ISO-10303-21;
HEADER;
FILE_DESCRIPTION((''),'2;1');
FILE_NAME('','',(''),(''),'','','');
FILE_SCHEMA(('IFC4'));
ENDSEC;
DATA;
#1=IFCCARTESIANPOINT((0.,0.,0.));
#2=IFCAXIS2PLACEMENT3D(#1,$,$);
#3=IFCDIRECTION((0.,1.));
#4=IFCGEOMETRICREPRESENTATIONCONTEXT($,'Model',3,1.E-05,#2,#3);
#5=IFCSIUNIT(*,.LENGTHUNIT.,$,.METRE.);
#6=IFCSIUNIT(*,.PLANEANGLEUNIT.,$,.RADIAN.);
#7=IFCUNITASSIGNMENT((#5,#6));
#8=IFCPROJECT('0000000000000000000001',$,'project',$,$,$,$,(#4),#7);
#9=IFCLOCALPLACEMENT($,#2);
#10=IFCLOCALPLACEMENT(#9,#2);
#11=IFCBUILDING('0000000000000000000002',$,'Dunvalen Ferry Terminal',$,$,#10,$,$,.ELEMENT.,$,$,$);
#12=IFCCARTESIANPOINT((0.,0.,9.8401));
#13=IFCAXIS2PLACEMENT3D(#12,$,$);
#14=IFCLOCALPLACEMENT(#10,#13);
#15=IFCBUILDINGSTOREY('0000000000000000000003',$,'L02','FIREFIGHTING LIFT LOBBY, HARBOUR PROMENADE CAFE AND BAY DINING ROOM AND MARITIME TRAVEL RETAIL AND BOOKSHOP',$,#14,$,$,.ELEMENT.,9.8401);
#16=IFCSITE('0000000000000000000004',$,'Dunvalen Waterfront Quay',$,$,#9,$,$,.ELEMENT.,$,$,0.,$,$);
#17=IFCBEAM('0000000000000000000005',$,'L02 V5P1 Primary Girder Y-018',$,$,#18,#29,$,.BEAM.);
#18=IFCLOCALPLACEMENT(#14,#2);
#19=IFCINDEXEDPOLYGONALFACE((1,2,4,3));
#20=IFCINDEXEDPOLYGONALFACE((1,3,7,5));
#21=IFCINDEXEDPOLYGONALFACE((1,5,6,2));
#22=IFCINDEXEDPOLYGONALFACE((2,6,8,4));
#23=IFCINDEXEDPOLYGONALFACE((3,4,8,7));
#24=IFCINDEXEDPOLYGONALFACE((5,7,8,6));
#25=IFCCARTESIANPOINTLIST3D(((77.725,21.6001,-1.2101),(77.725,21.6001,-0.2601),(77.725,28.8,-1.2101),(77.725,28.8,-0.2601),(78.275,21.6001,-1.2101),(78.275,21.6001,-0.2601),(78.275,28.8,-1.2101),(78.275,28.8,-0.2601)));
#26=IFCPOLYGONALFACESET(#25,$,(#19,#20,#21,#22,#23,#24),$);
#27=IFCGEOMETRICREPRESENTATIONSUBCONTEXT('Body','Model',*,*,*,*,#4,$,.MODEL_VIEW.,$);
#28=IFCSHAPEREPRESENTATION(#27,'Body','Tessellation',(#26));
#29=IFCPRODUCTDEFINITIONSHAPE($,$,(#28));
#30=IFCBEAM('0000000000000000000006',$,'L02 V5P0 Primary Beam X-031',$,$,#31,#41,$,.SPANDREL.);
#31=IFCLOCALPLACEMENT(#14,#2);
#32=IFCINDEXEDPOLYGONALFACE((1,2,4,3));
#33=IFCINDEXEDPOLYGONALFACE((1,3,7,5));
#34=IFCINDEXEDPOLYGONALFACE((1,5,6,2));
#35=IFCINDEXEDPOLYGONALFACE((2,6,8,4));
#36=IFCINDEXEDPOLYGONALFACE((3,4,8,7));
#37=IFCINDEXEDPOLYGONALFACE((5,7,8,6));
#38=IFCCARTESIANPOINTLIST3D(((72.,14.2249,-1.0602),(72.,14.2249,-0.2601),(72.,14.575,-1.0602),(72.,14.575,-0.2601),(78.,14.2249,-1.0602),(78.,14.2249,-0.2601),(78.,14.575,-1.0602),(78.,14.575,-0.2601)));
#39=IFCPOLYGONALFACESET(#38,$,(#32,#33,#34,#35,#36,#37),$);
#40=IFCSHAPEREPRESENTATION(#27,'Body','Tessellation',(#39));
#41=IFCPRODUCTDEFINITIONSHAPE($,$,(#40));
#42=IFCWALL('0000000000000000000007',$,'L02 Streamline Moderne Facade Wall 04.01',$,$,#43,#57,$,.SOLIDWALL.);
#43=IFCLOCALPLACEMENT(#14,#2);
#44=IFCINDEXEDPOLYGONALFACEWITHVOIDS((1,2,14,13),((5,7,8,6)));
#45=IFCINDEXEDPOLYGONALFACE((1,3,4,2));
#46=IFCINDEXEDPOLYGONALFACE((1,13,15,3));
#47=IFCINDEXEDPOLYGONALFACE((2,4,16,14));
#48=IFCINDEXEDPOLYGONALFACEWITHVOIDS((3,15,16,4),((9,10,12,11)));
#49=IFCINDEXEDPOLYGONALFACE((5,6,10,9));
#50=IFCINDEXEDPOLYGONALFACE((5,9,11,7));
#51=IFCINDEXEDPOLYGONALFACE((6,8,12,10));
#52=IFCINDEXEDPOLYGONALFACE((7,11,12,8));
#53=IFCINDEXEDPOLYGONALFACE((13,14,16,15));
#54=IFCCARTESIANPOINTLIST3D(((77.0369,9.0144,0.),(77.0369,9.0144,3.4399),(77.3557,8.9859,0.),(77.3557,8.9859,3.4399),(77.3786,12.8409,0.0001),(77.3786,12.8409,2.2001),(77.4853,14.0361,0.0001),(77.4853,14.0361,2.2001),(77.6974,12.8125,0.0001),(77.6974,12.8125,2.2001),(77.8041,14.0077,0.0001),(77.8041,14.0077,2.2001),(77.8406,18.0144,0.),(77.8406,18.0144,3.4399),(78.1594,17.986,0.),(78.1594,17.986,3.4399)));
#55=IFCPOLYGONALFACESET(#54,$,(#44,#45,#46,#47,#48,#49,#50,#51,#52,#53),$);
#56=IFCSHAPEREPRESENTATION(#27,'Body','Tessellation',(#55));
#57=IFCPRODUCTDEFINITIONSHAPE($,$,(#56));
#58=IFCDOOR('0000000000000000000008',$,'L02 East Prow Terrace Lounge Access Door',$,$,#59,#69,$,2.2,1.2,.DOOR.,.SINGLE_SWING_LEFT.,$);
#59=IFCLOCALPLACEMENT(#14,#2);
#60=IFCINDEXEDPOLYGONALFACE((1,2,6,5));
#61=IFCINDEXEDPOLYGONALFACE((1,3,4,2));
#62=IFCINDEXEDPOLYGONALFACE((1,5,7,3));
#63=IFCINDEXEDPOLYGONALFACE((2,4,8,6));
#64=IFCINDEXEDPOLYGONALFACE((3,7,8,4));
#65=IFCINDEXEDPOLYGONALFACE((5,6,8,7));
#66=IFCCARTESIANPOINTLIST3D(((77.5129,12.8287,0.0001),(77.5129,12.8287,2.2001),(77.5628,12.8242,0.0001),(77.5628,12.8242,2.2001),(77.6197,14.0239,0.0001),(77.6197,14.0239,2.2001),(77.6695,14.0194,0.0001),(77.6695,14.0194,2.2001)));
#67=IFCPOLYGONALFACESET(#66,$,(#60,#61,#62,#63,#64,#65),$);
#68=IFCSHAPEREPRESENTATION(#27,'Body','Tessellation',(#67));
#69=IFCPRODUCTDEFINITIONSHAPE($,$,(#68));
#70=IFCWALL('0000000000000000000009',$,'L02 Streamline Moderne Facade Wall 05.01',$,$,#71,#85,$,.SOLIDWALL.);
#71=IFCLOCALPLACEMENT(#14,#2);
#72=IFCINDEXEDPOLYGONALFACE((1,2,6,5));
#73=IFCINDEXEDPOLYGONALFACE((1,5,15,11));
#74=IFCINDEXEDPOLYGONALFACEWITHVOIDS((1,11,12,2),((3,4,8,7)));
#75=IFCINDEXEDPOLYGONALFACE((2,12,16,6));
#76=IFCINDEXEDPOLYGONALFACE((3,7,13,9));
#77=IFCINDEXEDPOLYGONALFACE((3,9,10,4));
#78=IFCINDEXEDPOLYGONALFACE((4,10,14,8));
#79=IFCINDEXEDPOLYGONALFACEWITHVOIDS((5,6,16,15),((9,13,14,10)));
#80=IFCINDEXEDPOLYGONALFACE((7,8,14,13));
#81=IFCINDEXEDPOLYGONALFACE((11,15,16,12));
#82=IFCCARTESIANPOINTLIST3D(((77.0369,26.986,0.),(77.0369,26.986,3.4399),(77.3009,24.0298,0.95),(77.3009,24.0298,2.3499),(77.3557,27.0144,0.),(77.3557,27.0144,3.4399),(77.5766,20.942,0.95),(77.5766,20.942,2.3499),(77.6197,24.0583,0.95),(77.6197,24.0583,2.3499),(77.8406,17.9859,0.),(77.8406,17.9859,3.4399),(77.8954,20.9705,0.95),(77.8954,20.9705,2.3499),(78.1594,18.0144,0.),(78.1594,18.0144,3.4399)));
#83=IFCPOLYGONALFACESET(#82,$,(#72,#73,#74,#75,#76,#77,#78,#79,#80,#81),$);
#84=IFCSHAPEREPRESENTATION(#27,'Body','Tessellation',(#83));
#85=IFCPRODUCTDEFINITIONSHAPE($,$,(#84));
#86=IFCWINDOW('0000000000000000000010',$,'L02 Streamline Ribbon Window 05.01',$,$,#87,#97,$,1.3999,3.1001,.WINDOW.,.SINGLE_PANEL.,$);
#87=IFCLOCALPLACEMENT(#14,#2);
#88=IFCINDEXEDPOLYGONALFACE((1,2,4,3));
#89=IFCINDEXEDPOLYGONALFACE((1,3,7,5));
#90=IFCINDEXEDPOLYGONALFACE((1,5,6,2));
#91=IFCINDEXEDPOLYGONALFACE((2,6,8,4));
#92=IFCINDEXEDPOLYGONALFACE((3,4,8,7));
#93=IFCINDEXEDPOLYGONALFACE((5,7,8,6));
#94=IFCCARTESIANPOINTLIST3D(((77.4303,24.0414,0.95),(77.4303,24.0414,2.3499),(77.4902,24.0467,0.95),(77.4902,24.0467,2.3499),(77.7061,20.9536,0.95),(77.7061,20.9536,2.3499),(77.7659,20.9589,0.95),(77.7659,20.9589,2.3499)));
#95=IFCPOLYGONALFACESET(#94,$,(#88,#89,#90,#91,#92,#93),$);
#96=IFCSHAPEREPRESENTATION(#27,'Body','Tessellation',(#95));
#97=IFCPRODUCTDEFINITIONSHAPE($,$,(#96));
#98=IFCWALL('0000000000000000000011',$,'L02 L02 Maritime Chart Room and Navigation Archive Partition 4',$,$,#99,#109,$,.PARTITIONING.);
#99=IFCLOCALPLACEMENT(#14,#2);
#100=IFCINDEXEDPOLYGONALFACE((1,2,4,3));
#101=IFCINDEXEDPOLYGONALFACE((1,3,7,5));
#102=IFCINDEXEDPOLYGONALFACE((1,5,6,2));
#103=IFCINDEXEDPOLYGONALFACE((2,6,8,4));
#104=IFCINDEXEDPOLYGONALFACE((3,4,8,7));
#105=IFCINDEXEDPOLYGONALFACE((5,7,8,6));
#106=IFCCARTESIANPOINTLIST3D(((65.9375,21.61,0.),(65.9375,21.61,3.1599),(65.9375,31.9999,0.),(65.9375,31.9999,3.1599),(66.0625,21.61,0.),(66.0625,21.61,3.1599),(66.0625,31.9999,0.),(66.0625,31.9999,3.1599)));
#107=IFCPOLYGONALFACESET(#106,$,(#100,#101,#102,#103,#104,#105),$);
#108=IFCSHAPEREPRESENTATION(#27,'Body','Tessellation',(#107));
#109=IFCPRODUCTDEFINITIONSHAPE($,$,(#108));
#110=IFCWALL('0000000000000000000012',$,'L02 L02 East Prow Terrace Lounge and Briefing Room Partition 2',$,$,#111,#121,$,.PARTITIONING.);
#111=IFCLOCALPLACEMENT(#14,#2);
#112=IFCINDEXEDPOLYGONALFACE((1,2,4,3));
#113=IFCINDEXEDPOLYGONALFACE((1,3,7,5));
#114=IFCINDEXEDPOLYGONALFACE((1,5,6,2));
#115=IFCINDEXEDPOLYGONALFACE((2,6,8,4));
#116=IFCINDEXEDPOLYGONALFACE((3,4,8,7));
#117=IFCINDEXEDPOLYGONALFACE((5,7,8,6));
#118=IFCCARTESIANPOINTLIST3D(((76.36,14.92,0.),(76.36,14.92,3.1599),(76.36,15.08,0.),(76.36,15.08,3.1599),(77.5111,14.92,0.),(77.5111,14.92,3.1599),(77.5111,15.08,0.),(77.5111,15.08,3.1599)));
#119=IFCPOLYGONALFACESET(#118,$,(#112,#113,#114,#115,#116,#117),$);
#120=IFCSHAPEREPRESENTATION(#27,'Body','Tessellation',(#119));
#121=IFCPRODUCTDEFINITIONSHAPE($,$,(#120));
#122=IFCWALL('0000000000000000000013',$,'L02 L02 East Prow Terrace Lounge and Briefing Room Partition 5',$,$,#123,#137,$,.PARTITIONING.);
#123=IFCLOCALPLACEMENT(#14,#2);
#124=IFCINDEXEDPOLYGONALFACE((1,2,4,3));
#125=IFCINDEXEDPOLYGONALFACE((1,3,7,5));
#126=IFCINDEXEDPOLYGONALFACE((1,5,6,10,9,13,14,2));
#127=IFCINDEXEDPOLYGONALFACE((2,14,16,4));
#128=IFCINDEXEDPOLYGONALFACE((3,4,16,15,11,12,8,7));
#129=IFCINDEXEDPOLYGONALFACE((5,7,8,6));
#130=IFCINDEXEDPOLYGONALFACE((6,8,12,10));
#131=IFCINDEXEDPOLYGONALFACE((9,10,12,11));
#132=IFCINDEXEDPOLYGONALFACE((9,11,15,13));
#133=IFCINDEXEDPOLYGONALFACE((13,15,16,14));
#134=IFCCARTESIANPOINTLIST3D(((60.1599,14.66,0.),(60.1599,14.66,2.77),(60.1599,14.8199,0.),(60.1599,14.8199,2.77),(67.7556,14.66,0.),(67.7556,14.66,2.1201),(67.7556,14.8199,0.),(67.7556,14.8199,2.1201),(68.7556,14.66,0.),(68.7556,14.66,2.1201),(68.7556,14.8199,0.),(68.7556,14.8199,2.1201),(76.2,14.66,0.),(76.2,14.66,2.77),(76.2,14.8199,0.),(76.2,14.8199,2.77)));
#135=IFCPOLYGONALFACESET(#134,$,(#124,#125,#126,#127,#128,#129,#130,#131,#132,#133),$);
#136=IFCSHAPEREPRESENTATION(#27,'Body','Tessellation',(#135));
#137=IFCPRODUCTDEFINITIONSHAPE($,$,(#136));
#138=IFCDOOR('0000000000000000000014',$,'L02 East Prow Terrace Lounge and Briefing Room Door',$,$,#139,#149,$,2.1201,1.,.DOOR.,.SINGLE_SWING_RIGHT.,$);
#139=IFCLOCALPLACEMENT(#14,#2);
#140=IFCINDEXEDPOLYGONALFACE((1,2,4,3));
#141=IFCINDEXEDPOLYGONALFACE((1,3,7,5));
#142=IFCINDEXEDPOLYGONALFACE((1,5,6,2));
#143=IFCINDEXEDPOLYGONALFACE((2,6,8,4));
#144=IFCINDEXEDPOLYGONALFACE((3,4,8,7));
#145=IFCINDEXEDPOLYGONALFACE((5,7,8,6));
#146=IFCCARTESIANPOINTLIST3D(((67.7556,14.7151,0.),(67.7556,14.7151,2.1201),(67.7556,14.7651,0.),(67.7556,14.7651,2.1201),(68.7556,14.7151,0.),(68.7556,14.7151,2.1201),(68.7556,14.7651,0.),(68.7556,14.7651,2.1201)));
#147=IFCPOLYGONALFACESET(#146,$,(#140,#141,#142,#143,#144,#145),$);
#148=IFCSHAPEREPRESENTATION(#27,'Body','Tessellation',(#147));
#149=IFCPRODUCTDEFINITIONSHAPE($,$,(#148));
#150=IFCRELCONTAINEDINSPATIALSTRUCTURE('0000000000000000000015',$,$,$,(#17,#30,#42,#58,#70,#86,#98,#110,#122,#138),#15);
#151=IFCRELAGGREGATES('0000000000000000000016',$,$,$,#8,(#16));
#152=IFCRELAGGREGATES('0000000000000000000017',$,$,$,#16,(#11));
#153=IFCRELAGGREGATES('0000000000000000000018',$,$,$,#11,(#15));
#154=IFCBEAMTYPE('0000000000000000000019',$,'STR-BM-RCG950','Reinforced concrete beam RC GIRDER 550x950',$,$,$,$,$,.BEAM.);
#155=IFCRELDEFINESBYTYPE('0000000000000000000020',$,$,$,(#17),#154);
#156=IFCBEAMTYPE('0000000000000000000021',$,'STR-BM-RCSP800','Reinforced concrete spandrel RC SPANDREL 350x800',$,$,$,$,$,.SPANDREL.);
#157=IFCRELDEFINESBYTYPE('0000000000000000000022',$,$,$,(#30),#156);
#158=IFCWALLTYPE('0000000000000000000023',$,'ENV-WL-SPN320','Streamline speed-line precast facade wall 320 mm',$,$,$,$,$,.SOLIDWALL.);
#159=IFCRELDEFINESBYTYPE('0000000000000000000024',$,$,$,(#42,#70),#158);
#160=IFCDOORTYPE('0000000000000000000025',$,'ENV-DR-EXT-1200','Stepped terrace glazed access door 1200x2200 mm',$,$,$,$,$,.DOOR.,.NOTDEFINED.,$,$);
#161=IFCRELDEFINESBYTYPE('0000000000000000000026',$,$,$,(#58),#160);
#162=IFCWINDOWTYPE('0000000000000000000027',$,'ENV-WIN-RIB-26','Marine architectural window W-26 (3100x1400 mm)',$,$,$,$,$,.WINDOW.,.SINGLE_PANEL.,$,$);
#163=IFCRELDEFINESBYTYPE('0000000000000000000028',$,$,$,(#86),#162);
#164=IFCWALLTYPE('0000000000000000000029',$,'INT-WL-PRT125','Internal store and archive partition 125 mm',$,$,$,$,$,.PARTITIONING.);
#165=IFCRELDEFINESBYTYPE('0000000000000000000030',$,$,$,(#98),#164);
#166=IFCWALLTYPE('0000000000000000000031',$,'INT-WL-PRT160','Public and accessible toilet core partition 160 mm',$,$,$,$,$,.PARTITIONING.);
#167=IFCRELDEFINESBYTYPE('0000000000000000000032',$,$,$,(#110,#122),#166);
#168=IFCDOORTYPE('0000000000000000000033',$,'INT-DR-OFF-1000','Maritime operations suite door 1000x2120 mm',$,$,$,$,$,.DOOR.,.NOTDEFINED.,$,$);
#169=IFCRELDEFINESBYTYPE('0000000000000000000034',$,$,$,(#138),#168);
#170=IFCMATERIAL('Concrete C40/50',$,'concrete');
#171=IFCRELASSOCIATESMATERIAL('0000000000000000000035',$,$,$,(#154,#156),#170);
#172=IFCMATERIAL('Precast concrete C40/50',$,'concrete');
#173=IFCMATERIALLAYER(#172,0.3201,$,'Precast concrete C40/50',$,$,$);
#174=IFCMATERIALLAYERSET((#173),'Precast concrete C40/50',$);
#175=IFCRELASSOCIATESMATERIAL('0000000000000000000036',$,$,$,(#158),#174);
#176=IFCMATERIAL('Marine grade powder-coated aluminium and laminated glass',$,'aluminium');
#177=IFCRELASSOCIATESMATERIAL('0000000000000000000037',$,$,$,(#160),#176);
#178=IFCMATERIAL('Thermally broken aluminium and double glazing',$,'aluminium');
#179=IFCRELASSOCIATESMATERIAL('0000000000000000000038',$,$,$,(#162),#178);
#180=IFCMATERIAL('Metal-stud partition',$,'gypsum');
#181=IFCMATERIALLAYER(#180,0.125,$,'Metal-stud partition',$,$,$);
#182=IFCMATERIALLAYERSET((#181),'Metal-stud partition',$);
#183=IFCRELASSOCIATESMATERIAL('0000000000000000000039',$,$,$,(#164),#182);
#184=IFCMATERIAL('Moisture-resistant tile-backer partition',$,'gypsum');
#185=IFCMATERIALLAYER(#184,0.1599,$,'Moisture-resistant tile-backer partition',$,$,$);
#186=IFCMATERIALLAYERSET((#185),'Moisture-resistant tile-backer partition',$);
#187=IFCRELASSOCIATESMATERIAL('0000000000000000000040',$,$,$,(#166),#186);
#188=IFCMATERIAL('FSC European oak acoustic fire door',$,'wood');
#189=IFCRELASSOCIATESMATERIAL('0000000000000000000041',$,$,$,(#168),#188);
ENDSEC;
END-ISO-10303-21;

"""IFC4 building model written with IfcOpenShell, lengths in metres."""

from ifc_helpers import new_model, si_unit, direction, frame, frame_2d, origin, origin_2d, place, context, subcontext, project, spatial, rectangle, extrude, material, layer, layer_set, material_profile, profile_set, type_object, element, fill, save


model = new_model("IFC4")

# Units and contexts
model_context = context("Model", 3, precision=1e-05, world=origin(), true_north=direction((0.0, 1.0)))
body_context = subcontext(model_context, "Body", "Model", "MODEL_VIEW")
ifc_project = project(units=[si_unit("LENGTHUNIT", "METRE"), si_unit("PLANEANGLEUNIT", "RADIAN")], contexts=[model_context])

# Site, building, storey
site_placement = place(None, origin())
site = spatial("IfcSite", under=ifc_project, at=site_placement, Name="Dunvalen Waterfront Quay", CompositionType="ELEMENT", RefElevation=0.0)
building_placement = place(site_placement, origin())
building = spatial("IfcBuilding", under=site, at=building_placement, Name="Dunvalen Ferry Terminal", CompositionType="ELEMENT")
storey_placement = place(building_placement, frame((0.0, 0.0, 9.8401)))
storey = spatial("IfcBuildingStorey", under=building, at=storey_placement, Name="L02", Description="FIREFIGHTING LIFT LOBBY, HARBOUR PROMENADE CAFE AND BAY DINING ROOM AND MARITIME TRAVEL RETAIL AND BOOKSHOP", CompositionType="ELEMENT", Elevation=9.8401)

# Shared definitions
ifc_material_1 = material(Name="Concrete C40/50", Category="concrete")

# Beams
ifc_material_profile_1 = material_profile(ifc_material_1, rectangle(XDim=0.55, YDim=0.95, at=origin_2d()), Name="Concrete C40/50")
ifc_profile_set_1 = profile_set([ifc_material_profile_1], Name="Concrete C40/50")
beam_type_1 = type_object("IfcBeamType", Name="STR-BM-RCG950", Description="Reinforced concrete beam RC GIRDER 550x950", PredefinedType="BEAM", material=ifc_profile_set_1)
beam_1_placement = place(storey_placement, frame((78.0, 21.6001, -0.7351), z_axis=(0.0, 1.0, 0.0), x_axis=(-1.0, 0.0, 0.0)))
element("IfcBeam", 1, at=beam_1_placement, inside=storey, type_object=beam_type_1, Name="L02 V5P1 Primary Girder Y-018", PredefinedType="BEAM", context=body_context, shape_type="SweptSolid", body=[
    extrude(rectangle(XDim=0.55, YDim=0.95, at=origin_2d()), origin(), (0.0, 0.0, 1.0), 7.2),
])
ifc_material_profile_2 = material_profile(ifc_material_1, rectangle(XDim=0.3501, YDim=0.8, at=origin_2d()), Name="Concrete C40/50")
ifc_profile_set_2 = profile_set([ifc_material_profile_2], Name="Concrete C40/50")
beam_type_2 = type_object("IfcBeamType", Name="STR-BM-RCSP800", Description="Reinforced concrete spandrel RC SPANDREL 350x800", PredefinedType="SPANDREL", material=ifc_profile_set_2)
beam_2_placement = place(storey_placement, frame((72.0, 14.3999, -0.6602), z_axis=(1.0, 0.0, 0.0), x_axis=(0.0, 1.0, 0.0)))
element("IfcBeam", 2, at=beam_2_placement, inside=storey, type_object=beam_type_2, Name="L02 V5P0 Primary Beam X-031", PredefinedType="SPANDREL", context=body_context, shape_type="SweptSolid", body=[
    extrude(rectangle(XDim=0.3501, YDim=0.8, at=origin_2d()), origin(), (0.0, 0.0, 1.0), 6.0),
])

# Wall, opening, door
ifc_material_2 = material(Name="Precast concrete C40/50", Category="concrete")
ifc_layer_1 = layer(ifc_material_2, 0.3201, Name="Precast concrete C40/50")
ifc_layer_set_1 = layer_set([ifc_layer_1], Name="Precast concrete C40/50")
wall_type_1 = type_object("IfcWallType", Name="ENV-WL-SPN320", Description="Streamline speed-line precast facade wall 320 mm", PredefinedType="SOLIDWALL", material=ifc_layer_set_1)
wall_1_placement = place(storey_placement, frame((77.1963, 9.0, 0.0), z_axis=(0.0, 0.0, 1.0), x_axis=(0.088947, 0.996036, 0.0)))
wall_1 = element("IfcWall", 3, at=wall_1_placement, inside=storey, type_object=wall_type_1, Name="L02 Streamline Moderne Facade Wall 04.01", PredefinedType="SOLIDWALL", context=body_context, shape_type="SweptSolid", body=[
    extrude(rectangle(XDim=9.0359, YDim=0.3201, at=frame_2d((4.5181, 0.0))), origin(), (0.0, 0.0, 1.0), 3.4399),
])
opening_1_placement = place(wall_1_placement, frame((3.8418, 0.0, 0.0)))
opening_1 = element("IfcOpeningElement", 4, at=opening_1_placement, cuts=wall_1, PredefinedType="OPENING", context=body_context, shape_type="SweptSolid", body=[
    extrude(rectangle(XDim=1.2, YDim=2.2, at=frame_2d((0.6001, 1.1001))), frame((0.0, 0.1699, 0.0), z_axis=(0.0, -1.0, 0.0), x_axis=(1.0, 0.0, 0.0)), (0.0, 0.0, 1.0), 0.3401),
])
ifc_material_3 = material(Name="Marine grade powder-coated aluminium and laminated glass", Category="aluminium")
door_type_1 = type_object("IfcDoorType", Name="ENV-DR-EXT-1200", Description="Stepped terrace glazed access door 1200x2200 mm", OperationType="NOTDEFINED", PredefinedType="DOOR", material=ifc_material_3)
door_1_placement = place(opening_1_placement, frame((1.2, 0.0, 0.0), z_axis=(0.0, 0.0, 1.0), x_axis=(-1.0, 0.0, 0.0)))
door_1 = element("IfcDoor", 5, at=door_1_placement, inside=storey, type_object=door_type_1, Name="L02 East Prow Terrace Lounge Access Door", OperationType="SINGLE_SWING_LEFT", OverallHeight=2.2, OverallWidth=1.2, PredefinedType="DOOR", context=body_context, shape_type="SweptSolid", body=[
    extrude(rectangle(XDim=1.2, YDim=2.2, at=frame_2d((0.6001, 1.1001))), frame((0.0, 0.0249, 0.0), z_axis=(0.0, -1.0, 0.0), x_axis=(1.0, 0.0, 0.0)), (0.0, 0.0, 1.0), 0.05),
])
fill(opening_1, door_1)

# Wall, opening, window
wall_2_placement = place(storey_placement, frame((78.0, 18.0, 0.0), z_axis=(0.0, 0.0, 1.0), x_axis=(-0.088947, 0.996036, 0.0)))
wall_2 = element("IfcWall", 6, at=wall_2_placement, inside=storey, type_object=wall_type_1, Name="L02 Streamline Moderne Facade Wall 05.01", PredefinedType="SOLIDWALL", context=body_context, shape_type="SweptSolid", body=[
    extrude(rectangle(XDim=9.0359, YDim=0.3201, at=frame_2d((4.5181, 0.0))), origin(), (0.0, 0.0, 1.0), 3.4399),
])
opening_2_placement = place(wall_2_placement, frame((2.968, 0.0, 0.95)))
opening_2 = element("IfcOpeningElement", 7, at=opening_2_placement, cuts=wall_2, PredefinedType="OPENING", context=body_context, shape_type="SweptSolid", body=[
    extrude(rectangle(XDim=3.1001, YDim=1.3999, at=frame_2d((1.55, 0.7))), frame((0.0, 0.1699, 0.0), z_axis=(0.0, -1.0, 0.0), x_axis=(1.0, 0.0, 0.0)), (0.0, 0.0, 1.0), 0.3401),
])
ifc_material_4 = material(Name="Thermally broken aluminium and double glazing", Category="aluminium")
window_type = type_object("IfcWindowType", Name="ENV-WIN-RIB-26", Description="Marine architectural window W-26 (3100x1400 mm)", PartitioningType="SINGLE_PANEL", PredefinedType="WINDOW", material=ifc_material_4)
window_placement = place(opening_2_placement, origin())
window = element("IfcWindow", 8, at=window_placement, inside=storey, type_object=window_type, Name="L02 Streamline Ribbon Window 05.01", OverallHeight=1.3999, OverallWidth=3.1001, PartitioningType="SINGLE_PANEL", PredefinedType="WINDOW", context=body_context, shape_type="SweptSolid", body=[
    extrude(rectangle(XDim=3.1001, YDim=1.3999, at=frame_2d((1.55, 0.7))), frame((0.0, 0.03, 0.0), z_axis=(0.0, -1.0, 0.0), x_axis=(1.0, 0.0, 0.0)), (0.0, 0.0, 1.0), 0.0601),
])
fill(opening_2, window)

# Walls
ifc_material_5 = material(Name="Metal-stud partition", Category="gypsum")
ifc_layer_2 = layer(ifc_material_5, 0.125, Name="Metal-stud partition")
ifc_layer_set_2 = layer_set([ifc_layer_2], Name="Metal-stud partition")
wall_type_2 = type_object("IfcWallType", Name="INT-WL-PRT125", Description="Internal store and archive partition 125 mm", PredefinedType="PARTITIONING", material=ifc_layer_set_2)
wall_3_placement = place(storey_placement, frame((66.0, 21.6101, 0.0), z_axis=(0.0, 0.0, 1.0), x_axis=(0.0, 1.0, 0.0)))
element("IfcWall", 9, at=wall_3_placement, inside=storey, type_object=wall_type_2, Name="L02 L02 Maritime Chart Room and Navigation Archive Partition 4", PredefinedType="PARTITIONING", context=body_context, shape_type="SweptSolid", body=[
    extrude(rectangle(XDim=10.3899, YDim=0.125, at=frame_2d((5.1948, 0.0))), origin(), (0.0, 0.0, 1.0), 3.1599),
])
ifc_material_6 = material(Name="Moisture-resistant tile-backer partition", Category="gypsum")
ifc_layer_3 = layer(ifc_material_6, 0.1599, Name="Moisture-resistant tile-backer partition")
ifc_layer_set_3 = layer_set([ifc_layer_3], Name="Moisture-resistant tile-backer partition")
wall_type_3 = type_object("IfcWallType", Name="INT-WL-PRT160", Description="Public and accessible toilet core partition 160 mm", PredefinedType="PARTITIONING", material=ifc_layer_set_3)
wall_4_placement = place(storey_placement, frame((77.5112, 15.0, 0.0), z_axis=(0.0, 0.0, 1.0), x_axis=(-1.0, 0.0, 0.0)))
element("IfcWall", 10, at=wall_4_placement, inside=storey, type_object=wall_type_3, Name="L02 L02 East Prow Terrace Lounge and Briefing Room Partition 2", PredefinedType="PARTITIONING", context=body_context, shape_type="SweptSolid", body=[
    extrude(rectangle(XDim=1.1511, YDim=0.1599, at=frame_2d((0.5757, 0.0))), origin(), (0.0, 0.0, 1.0), 3.1599),
])

# Wall, opening, door
wall_5_placement = place(storey_placement, frame((76.2, 14.74, 0.0), z_axis=(0.0, 0.0, 1.0), x_axis=(-1.0, 0.0, 0.0)))
wall_5 = element("IfcWall", 11, at=wall_5_placement, inside=storey, type_object=wall_type_3, Name="L02 L02 East Prow Terrace Lounge and Briefing Room Partition 5", PredefinedType="PARTITIONING", context=body_context, shape_type="SweptSolid", body=[
    extrude(rectangle(XDim=16.04, YDim=0.1599, at=frame_2d((8.02, 0.0))), origin(), (0.0, 0.0, 1.0), 2.77),
])
opening_3_placement = place(wall_5_placement, frame((7.4443, 0.0, 0.0)))
opening_3 = element("IfcOpeningElement", 12, at=opening_3_placement, cuts=wall_5, PredefinedType="OPENING", context=body_context, shape_type="SweptSolid", body=[
    extrude(rectangle(XDim=1.0, YDim=2.1201, at=frame_2d((0.5, 1.0601))), frame((0.0, 0.0898, 0.0), z_axis=(0.0, -1.0, 0.0), x_axis=(1.0, 0.0, 0.0)), (0.0, 0.0, 1.0), 0.1799),
])
ifc_material_7 = material(Name="FSC European oak acoustic fire door", Category="wood")
door_type_2 = type_object("IfcDoorType", Name="INT-DR-OFF-1000", Description="Maritime operations suite door 1000x2120 mm", OperationType="NOTDEFINED", PredefinedType="DOOR", material=ifc_material_7)
door_2_placement = place(opening_3_placement, origin())
door_2 = element("IfcDoor", 13, at=door_2_placement, inside=storey, type_object=door_type_2, Name="L02 East Prow Terrace Lounge and Briefing Room Door", OperationType="SINGLE_SWING_RIGHT", OverallHeight=2.1201, OverallWidth=1.0, PredefinedType="DOOR", context=body_context, shape_type="SweptSolid", body=[
    extrude(rectangle(XDim=1.0, YDim=2.1201, at=frame_2d((0.5, 1.0601))), frame((0.0, 0.0249, 0.0), z_axis=(0.0, -1.0, 0.0), x_axis=(1.0, 0.0, 0.0)), (0.0, 0.0, 1.0), 0.05),
])
fill(opening_3, door_2)

save(model, "model.ifc")
